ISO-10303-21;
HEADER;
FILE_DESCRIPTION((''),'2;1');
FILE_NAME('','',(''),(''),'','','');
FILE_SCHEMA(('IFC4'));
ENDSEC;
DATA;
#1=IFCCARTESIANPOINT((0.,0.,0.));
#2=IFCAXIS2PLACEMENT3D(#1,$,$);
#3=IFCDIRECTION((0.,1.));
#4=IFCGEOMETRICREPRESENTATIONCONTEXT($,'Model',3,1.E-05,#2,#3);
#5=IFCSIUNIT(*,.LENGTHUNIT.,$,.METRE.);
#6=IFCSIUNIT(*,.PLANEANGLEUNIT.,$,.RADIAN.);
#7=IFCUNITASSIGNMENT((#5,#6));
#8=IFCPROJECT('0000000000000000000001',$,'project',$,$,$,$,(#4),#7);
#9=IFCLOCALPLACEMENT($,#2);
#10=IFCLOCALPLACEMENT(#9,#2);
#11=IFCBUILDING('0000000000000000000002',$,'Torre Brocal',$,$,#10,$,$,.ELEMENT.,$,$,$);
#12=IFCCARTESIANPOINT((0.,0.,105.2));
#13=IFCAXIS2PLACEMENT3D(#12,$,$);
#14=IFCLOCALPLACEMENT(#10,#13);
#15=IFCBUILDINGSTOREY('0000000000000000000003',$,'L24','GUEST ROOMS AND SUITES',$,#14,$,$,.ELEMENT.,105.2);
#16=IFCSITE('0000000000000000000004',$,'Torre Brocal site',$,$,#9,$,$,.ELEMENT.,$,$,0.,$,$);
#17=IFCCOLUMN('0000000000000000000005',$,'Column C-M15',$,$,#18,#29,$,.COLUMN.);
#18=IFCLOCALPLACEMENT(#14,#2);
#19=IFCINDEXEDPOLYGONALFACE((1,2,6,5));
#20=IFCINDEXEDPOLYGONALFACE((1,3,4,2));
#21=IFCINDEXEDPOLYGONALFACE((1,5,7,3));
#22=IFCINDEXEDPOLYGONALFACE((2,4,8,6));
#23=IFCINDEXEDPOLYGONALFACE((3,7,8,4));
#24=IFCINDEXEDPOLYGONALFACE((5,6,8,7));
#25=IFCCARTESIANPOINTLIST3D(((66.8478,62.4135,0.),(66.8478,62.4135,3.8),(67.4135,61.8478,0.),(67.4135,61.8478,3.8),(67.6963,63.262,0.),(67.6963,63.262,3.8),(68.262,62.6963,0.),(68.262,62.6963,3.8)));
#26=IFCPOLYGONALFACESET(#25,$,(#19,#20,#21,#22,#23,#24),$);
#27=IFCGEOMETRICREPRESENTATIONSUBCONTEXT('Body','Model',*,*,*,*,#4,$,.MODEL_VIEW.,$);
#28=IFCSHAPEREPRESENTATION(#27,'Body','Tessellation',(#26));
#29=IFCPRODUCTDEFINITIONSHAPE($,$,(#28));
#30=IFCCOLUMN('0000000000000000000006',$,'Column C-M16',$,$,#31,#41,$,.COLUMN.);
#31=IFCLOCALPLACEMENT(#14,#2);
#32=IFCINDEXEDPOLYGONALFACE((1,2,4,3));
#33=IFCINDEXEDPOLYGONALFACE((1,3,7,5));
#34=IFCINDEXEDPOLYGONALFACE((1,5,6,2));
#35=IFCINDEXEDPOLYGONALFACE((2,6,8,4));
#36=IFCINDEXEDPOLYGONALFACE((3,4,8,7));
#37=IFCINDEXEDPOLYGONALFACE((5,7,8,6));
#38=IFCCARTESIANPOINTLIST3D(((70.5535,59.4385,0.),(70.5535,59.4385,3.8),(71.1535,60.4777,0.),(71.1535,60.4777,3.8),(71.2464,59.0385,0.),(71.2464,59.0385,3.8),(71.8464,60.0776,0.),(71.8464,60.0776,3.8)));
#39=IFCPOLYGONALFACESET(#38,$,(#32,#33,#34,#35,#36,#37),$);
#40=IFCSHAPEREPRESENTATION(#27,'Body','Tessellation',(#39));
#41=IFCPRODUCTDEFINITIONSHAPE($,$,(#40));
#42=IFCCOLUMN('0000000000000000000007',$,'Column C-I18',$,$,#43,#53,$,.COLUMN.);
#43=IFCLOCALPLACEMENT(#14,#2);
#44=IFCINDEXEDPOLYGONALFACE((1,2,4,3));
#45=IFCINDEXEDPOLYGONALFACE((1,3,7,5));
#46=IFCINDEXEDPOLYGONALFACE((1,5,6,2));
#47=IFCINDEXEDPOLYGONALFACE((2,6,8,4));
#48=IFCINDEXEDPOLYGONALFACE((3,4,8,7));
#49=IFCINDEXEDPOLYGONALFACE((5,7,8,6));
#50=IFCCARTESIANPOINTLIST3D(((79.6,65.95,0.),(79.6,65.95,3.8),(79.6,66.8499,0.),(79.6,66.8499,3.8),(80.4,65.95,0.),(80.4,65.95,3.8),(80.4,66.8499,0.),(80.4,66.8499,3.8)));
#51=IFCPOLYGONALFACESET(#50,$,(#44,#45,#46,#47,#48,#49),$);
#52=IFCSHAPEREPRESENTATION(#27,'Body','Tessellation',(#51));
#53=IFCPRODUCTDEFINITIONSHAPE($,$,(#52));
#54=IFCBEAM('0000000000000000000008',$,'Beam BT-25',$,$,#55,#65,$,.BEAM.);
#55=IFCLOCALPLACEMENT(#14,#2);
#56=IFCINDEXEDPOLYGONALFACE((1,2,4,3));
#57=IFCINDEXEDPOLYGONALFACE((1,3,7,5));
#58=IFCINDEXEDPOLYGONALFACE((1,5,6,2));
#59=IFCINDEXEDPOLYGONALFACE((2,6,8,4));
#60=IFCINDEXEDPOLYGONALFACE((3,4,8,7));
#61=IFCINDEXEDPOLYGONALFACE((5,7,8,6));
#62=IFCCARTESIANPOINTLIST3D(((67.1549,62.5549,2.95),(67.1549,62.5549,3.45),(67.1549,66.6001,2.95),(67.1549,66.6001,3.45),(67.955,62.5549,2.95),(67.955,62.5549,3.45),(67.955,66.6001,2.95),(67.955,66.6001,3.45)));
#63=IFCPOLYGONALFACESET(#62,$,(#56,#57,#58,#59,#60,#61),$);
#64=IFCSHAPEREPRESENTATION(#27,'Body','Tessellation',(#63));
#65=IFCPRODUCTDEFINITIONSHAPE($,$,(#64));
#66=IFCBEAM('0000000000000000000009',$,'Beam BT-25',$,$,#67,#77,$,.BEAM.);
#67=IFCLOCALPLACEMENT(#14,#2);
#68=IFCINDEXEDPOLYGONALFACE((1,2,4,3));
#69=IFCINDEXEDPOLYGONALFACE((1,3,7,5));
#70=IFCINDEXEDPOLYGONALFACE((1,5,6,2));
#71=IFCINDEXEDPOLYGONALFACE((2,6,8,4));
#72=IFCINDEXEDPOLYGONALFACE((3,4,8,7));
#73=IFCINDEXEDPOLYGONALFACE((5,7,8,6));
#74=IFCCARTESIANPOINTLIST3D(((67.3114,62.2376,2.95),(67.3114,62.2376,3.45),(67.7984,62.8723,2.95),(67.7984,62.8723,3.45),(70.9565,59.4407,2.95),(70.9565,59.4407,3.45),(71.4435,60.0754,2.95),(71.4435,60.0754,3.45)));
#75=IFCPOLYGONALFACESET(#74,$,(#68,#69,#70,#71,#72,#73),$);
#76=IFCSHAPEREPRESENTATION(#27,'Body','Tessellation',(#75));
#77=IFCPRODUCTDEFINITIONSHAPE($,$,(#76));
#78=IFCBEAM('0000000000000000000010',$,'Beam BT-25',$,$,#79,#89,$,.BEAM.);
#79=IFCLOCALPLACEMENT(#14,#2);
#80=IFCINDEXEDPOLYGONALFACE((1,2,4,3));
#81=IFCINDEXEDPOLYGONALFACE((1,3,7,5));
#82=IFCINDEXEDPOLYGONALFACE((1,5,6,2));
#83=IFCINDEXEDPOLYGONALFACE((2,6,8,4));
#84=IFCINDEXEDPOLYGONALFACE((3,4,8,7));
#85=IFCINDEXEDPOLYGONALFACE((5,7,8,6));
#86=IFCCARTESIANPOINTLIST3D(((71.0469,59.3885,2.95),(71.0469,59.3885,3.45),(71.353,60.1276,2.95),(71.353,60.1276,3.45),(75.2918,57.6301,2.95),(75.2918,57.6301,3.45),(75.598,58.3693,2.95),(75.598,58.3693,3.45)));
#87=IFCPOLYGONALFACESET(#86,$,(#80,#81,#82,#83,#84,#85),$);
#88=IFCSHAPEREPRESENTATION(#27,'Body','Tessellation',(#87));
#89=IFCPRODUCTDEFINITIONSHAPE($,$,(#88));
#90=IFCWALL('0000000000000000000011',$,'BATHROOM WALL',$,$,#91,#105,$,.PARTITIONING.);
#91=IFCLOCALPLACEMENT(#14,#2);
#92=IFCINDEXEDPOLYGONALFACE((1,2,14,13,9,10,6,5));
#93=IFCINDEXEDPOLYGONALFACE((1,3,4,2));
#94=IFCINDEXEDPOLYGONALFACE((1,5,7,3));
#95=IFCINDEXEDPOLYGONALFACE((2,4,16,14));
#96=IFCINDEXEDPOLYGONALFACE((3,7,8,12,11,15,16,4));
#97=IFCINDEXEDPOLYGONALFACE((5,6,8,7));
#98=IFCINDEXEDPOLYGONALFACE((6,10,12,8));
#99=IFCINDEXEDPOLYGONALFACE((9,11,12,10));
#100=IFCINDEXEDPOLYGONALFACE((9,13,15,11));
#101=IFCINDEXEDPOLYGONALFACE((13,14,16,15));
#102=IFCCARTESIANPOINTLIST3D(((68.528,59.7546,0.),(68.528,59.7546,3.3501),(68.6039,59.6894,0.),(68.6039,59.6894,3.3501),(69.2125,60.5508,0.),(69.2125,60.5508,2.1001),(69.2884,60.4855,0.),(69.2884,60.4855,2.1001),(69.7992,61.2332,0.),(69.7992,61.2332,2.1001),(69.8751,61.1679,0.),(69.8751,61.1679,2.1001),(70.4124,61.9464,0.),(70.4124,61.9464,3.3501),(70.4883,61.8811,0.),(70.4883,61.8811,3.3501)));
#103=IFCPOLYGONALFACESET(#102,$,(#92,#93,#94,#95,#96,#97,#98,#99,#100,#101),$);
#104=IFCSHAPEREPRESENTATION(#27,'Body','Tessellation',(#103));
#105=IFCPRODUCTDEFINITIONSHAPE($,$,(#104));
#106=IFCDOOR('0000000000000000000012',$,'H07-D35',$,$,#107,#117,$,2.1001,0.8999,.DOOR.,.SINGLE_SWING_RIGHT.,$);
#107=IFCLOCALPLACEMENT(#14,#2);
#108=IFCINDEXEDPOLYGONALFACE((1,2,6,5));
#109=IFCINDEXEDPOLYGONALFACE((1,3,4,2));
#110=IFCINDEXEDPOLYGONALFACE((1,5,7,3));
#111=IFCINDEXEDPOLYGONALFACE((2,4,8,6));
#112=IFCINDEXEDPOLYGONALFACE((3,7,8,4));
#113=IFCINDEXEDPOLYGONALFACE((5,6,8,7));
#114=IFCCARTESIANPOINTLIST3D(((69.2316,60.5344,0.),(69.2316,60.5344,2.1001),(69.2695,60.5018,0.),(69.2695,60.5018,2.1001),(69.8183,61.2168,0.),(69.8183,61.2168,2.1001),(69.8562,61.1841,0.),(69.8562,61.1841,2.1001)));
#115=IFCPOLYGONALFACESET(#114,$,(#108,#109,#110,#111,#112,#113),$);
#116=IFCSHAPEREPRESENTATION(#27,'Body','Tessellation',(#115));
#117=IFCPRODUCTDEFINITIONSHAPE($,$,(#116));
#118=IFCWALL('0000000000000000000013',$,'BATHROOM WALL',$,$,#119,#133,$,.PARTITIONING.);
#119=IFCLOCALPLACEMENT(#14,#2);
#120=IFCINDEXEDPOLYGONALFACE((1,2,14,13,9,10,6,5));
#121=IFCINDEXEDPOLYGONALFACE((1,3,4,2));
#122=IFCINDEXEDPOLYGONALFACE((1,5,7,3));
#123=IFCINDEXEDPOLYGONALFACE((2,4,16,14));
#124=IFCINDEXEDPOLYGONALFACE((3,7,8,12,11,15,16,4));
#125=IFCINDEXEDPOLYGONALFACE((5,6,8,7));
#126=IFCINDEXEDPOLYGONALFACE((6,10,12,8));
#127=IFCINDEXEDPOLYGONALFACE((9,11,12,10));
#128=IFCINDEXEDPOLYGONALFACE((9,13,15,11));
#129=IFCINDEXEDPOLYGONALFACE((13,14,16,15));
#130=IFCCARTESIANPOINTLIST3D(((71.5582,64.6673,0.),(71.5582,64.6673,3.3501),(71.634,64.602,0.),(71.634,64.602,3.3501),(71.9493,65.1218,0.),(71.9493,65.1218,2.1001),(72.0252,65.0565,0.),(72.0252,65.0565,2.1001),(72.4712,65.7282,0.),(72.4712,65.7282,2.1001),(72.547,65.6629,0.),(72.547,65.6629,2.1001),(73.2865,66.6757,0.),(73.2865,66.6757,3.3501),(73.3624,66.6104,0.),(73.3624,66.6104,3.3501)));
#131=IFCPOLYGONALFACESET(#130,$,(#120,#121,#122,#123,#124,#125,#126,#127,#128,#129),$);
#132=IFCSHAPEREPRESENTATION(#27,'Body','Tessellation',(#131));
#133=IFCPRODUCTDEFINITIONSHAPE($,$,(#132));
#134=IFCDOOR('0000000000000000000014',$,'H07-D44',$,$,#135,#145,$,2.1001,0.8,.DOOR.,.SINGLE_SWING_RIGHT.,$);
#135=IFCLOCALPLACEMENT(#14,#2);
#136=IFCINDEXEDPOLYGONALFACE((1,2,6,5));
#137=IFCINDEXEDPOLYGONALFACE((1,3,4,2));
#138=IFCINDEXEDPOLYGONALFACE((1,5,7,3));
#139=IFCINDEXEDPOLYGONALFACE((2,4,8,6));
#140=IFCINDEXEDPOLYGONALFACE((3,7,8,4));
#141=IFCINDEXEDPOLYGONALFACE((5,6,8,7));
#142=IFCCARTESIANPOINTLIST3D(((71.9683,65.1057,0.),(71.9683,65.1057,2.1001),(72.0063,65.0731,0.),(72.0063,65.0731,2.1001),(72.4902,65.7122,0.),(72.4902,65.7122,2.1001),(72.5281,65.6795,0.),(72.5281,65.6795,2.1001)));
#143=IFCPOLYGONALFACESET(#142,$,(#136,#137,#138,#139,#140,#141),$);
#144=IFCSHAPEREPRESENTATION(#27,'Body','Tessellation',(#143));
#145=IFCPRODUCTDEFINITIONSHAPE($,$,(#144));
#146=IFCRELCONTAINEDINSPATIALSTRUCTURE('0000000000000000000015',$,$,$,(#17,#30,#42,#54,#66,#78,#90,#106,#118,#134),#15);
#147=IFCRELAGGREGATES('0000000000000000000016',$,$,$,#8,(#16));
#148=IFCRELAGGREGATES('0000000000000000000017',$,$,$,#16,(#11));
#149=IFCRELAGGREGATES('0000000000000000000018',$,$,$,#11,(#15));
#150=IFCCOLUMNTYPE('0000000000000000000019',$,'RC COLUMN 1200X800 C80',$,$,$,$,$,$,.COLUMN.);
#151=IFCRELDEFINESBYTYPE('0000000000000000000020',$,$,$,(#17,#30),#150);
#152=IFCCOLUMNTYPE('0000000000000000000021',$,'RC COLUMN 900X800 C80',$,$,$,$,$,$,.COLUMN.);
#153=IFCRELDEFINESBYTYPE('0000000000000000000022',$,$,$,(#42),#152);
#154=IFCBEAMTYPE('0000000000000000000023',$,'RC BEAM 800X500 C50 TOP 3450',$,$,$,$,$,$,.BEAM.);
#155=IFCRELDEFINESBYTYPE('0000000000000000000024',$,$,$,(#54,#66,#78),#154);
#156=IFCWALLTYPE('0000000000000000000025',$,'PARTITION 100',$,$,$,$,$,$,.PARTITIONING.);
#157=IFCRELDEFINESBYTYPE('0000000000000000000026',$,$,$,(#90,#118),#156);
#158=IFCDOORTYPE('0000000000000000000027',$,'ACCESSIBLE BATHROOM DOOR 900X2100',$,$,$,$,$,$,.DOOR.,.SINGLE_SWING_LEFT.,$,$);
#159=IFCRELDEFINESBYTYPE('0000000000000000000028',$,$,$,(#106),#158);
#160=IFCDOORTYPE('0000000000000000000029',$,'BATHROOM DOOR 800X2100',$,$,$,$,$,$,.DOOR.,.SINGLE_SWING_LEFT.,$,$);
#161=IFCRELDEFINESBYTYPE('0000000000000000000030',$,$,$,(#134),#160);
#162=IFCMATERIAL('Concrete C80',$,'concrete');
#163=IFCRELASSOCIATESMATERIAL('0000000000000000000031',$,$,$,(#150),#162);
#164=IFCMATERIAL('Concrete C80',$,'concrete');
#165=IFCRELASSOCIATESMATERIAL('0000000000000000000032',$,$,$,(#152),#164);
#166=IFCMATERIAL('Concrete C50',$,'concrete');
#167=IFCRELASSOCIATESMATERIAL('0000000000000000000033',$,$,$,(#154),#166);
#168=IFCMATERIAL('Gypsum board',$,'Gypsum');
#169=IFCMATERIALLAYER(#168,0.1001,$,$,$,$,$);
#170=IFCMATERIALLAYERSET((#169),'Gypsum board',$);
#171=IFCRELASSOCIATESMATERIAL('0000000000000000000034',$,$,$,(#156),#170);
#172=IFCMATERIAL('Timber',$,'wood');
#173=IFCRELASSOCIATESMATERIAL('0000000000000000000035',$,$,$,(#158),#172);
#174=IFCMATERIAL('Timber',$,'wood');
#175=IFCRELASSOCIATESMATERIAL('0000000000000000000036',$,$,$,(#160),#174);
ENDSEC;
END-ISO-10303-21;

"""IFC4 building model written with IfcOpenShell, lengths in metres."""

from ifc_helpers import new_model, si_unit, direction, frame, frame_2d, origin, origin_2d, place, context, subcontext, project, spatial, rectangle, extrude, material, layer, layer_set, material_profile, profile_set, type_object, element, fill, save


model = new_model("IFC4")

# Units and contexts
model_context = context("Model", 3, precision=1e-05, world=origin(), true_north=direction((0.0, 1.0)))
body_context = subcontext(model_context, "Body", "Model", "MODEL_VIEW")
ifc_project = project(units=[si_unit("LENGTHUNIT", "METRE"), si_unit("PLANEANGLEUNIT", "RADIAN")], contexts=[model_context])

# Site, building, storey
site_placement = place(None, origin())
site = spatial("IfcSite", under=ifc_project, at=site_placement, Name="Torre Brocal site", CompositionType="ELEMENT", RefElevation=0.0)
building_placement = place(site_placement, origin())
building = spatial("IfcBuilding", under=site, at=building_placement, Name="Torre Brocal", CompositionType="ELEMENT")
storey_placement = place(building_placement, frame((0.0, 0.0, 105.2)))
storey = spatial("IfcBuildingStorey", under=building, at=storey_placement, Name="L24", Description="GUEST ROOMS AND SUITES", CompositionType="ELEMENT", Elevation=105.2)

# Columns
ifc_material_1 = material(Name="Concrete C80", Category="concrete")
ifc_material_profile_1 = material_profile(ifc_material_1, rectangle(XDim=1.2, YDim=0.8, at=origin_2d()), Name="RC 1200X800")
ifc_profile_set_1 = profile_set([ifc_material_profile_1], Name="Concrete C80")
column_type_1 = type_object("IfcColumnType", Name="RC COLUMN 1200X800 C80", PredefinedType="COLUMN", material=ifc_profile_set_1)
for number, where, z_axis, x_axis, name in (
    (1, (67.5549, 62.5549, 0.0), (0.0, 0.0, 1.0), (-0.707107, -0.707107, 0.0), "Column C-M15"),
    (2, (71.2, 59.7581, 0.0), (0.0, 0.0, 1.0), (-0.5, -0.866025, 0.0), "Column C-M16"),
):
    element("IfcColumn", number, at=place(storey_placement, frame(where, z_axis=z_axis, x_axis=x_axis)), inside=storey, type_object=column_type_1, Name=name, PredefinedType="COLUMN", context=body_context, shape_type="SweptSolid", body=[
        extrude(rectangle(XDim=1.2, YDim=0.8, at=origin_2d()), origin(), (0.0, 0.0, 1.0), 3.8),
    ])
ifc_material_2 = material(Name="Concrete C80", Category="concrete")
ifc_material_profile_2 = material_profile(ifc_material_2, rectangle(XDim=0.8999, YDim=0.8, at=origin_2d()), Name="RC 900X800")
ifc_profile_set_2 = profile_set([ifc_material_profile_2], Name="Concrete C80")
column_type_2 = type_object("IfcColumnType", Name="RC COLUMN 900X800 C80", PredefinedType="COLUMN", material=ifc_profile_set_2)
column_placement = place(storey_placement, frame((80.0, 66.3999, 0.0), z_axis=(0.0, 0.0, 1.0), x_axis=(0.0, -1.0, 0.0)))
element("IfcColumn", 3, at=column_placement, inside=storey, type_object=column_type_2, Name="Column C-I18", PredefinedType="COLUMN", context=body_context, shape_type="SweptSolid", body=[
    extrude(rectangle(XDim=0.8999, YDim=0.8, at=origin_2d()), origin(), (0.0, 0.0, 1.0), 3.8),
])

# Beams
ifc_material_3 = material(Name="Concrete C50", Category="concrete")
ifc_material_profile_3 = material_profile(ifc_material_3, rectangle(XDim=0.8, YDim=0.5, at=origin_2d()), Name="RC 800X500")
ifc_profile_set_3 = profile_set([ifc_material_profile_3], Name="Concrete C50")
beam_type = type_object("IfcBeamType", Name="RC BEAM 800X500 C50 TOP 3450", PredefinedType="BEAM", material=ifc_profile_set_3)
beam_1_placement = place(storey_placement, frame((67.5549, 62.5549, 3.2), z_axis=(0.0, 1.0, 0.0), x_axis=(-1.0, 0.0, 0.0)))
element("IfcBeam", 4, at=beam_1_placement, inside=storey, type_object=beam_type, Name="Beam BT-25", PredefinedType="BEAM", context=body_context, shape_type="SweptSolid", body=[
    extrude(rectangle(XDim=0.8, YDim=0.5, at=origin_2d()), origin(), (0.0, 0.0, 1.0), 4.0452),
])
beam_2_placement = place(storey_placement, frame((67.5549, 62.5549, 3.2), z_axis=(0.793358, -0.608755, 0.0), x_axis=(0.608755, 0.793358, 0.0)))
element("IfcBeam", 5, at=beam_2_placement, inside=storey, type_object=beam_type, Name="Beam BT-25", PredefinedType="BEAM", context=body_context, shape_type="SweptSolid", body=[
    extrude(rectangle(XDim=0.8, YDim=0.5, at=origin_2d()), origin(), (0.0, 0.0, 1.0), 4.5945),
])
beam_3_placement = place(storey_placement, frame((71.2, 59.7581, 3.2), z_axis=(0.923878, -0.382687, 0.0), x_axis=(0.382687, 0.923878, 0.0)))
element("IfcBeam", 6, at=beam_3_placement, inside=storey, type_object=beam_type, Name="Beam BT-25", PredefinedType="BEAM", context=body_context, shape_type="SweptSolid", body=[
    extrude(rectangle(XDim=0.8, YDim=0.5, at=origin_2d()), origin(), (0.0, 0.0, 1.0), 4.5947),
])

# Walls, openings, doors
ifc_material_4 = material(Name="Gypsum board", Category="Gypsum")
ifc_layer_1 = layer(ifc_material_4, 0.1001)
ifc_layer_set_1 = layer_set([ifc_layer_1], Name="Gypsum board")
wall_type_1 = type_object("IfcWallType", Name="PARTITION 100", PredefinedType="PARTITIONING", material=ifc_layer_set_1)
wall_1_placement = place(storey_placement, frame((68.5659, 59.7219, 0.0), z_axis=(0.0, 0.0, 1.0), x_axis=(0.651931, 0.758278, 0.0)))
wall_1 = element("IfcWall", 7, at=wall_1_placement, inside=storey, type_object=wall_type_1, Name="BATHROOM WALL", PredefinedType="PARTITIONING", context=body_context, shape_type="SweptSolid", body=[
    extrude(rectangle(XDim=2.8904, YDim=0.1001, at=frame_2d((1.4453, 0.0))), origin(), (0.0, 0.0, 1.0), 3.3501),
])
opening_1_placement = place(wall_1_placement, frame((1.05, 0.0, 0.0)))
opening_1 = element("IfcOpeningElement", 8, at=opening_1_placement, cuts=wall_1, PredefinedType="OPENING", context=body_context, shape_type="SweptSolid", body=[
    extrude(rectangle(XDim=0.8999, YDim=2.1001, at=frame_2d((0.45, 1.05))), frame((0.0, 0.0601, 0.0), z_axis=(0.0, -1.0, 0.0), x_axis=(1.0, 0.0, 0.0)), (0.0, 0.0, 1.0), 0.1201),
])
ifc_material_5 = material(Name="Timber", Category="wood")
door_type_1 = type_object("IfcDoorType", Name="ACCESSIBLE BATHROOM DOOR 900X2100", OperationType="SINGLE_SWING_LEFT", PredefinedType="DOOR", material=ifc_material_5)
door_1_placement = place(opening_1_placement, origin())
door_1 = element("IfcDoor", 9, at=door_1_placement, inside=storey, type_object=door_type_1, Name="H07-D35", OperationType="SINGLE_SWING_RIGHT", OverallHeight=2.1001, OverallWidth=0.8999, PredefinedType="DOOR", context=body_context, shape_type="SweptSolid", body=[
    extrude(rectangle(XDim=0.8999, YDim=2.1001, at=frame_2d((0.45, 1.05))), frame((0.0, 0.0249, 0.0), z_axis=(0.0, -1.0, 0.0), x_axis=(1.0, 0.0, 0.0)), (0.0, 0.0, 1.0), 0.05),
])
fill(opening_1, door_1)
wall_2_placement = place(storey_placement, frame((71.5962, 64.6348, 0.0), z_axis=(0.0, 0.0, 1.0), x_axis=(0.652285, 0.757974, 0.0)))
wall_2 = element("IfcWall", 10, at=wall_2_placement, inside=storey, type_object=wall_type_1, Name="BATHROOM WALL", PredefinedType="PARTITIONING", context=body_context, shape_type="SweptSolid", body=[
    extrude(rectangle(XDim=2.6497, YDim=0.1001, at=frame_2d((1.3247, 0.0))), origin(), (0.0, 0.0, 1.0), 3.3501),
])
opening_2_placement = place(wall_2_placement, frame((0.5996, 0.0, 0.0)))
opening_2 = element("IfcOpeningElement", 11, at=opening_2_placement, cuts=wall_2, PredefinedType="OPENING", context=body_context, shape_type="SweptSolid", body=[
    extrude(rectangle(XDim=0.8, YDim=2.1001, at=frame_2d((0.3999, 1.05))), frame((0.0, 0.0601, 0.0), z_axis=(0.0, -1.0, 0.0), x_axis=(1.0, 0.0, 0.0)), (0.0, 0.0, 1.0), 0.1201),
])
ifc_material_6 = material(Name="Timber", Category="wood")
door_type_2 = type_object("IfcDoorType", Name="BATHROOM DOOR 800X2100", OperationType="SINGLE_SWING_LEFT", PredefinedType="DOOR", material=ifc_material_6)
door_2_placement = place(opening_2_placement, frame((0.8, 0.0, 0.0), z_axis=(0.0, 0.0, 1.0), x_axis=(-1.0, 0.0, 0.0)))
door_2 = element("IfcDoor", 12, at=door_2_placement, inside=storey, type_object=door_type_2, Name="H07-D44", OperationType="SINGLE_SWING_RIGHT", OverallHeight=2.1001, OverallWidth=0.8, PredefinedType="DOOR", context=body_context, shape_type="SweptSolid", body=[
    extrude(rectangle(XDim=0.8, YDim=2.1001, at=frame_2d((0.3999, 1.05))), frame((0.0, 0.0249, 0.0), z_axis=(0.0, -1.0, 0.0), x_axis=(1.0, 0.0, 0.0)), (0.0, 0.0, 1.0), 0.05),
])
fill(opening_2, door_2)

save(model, "model.ifc")
